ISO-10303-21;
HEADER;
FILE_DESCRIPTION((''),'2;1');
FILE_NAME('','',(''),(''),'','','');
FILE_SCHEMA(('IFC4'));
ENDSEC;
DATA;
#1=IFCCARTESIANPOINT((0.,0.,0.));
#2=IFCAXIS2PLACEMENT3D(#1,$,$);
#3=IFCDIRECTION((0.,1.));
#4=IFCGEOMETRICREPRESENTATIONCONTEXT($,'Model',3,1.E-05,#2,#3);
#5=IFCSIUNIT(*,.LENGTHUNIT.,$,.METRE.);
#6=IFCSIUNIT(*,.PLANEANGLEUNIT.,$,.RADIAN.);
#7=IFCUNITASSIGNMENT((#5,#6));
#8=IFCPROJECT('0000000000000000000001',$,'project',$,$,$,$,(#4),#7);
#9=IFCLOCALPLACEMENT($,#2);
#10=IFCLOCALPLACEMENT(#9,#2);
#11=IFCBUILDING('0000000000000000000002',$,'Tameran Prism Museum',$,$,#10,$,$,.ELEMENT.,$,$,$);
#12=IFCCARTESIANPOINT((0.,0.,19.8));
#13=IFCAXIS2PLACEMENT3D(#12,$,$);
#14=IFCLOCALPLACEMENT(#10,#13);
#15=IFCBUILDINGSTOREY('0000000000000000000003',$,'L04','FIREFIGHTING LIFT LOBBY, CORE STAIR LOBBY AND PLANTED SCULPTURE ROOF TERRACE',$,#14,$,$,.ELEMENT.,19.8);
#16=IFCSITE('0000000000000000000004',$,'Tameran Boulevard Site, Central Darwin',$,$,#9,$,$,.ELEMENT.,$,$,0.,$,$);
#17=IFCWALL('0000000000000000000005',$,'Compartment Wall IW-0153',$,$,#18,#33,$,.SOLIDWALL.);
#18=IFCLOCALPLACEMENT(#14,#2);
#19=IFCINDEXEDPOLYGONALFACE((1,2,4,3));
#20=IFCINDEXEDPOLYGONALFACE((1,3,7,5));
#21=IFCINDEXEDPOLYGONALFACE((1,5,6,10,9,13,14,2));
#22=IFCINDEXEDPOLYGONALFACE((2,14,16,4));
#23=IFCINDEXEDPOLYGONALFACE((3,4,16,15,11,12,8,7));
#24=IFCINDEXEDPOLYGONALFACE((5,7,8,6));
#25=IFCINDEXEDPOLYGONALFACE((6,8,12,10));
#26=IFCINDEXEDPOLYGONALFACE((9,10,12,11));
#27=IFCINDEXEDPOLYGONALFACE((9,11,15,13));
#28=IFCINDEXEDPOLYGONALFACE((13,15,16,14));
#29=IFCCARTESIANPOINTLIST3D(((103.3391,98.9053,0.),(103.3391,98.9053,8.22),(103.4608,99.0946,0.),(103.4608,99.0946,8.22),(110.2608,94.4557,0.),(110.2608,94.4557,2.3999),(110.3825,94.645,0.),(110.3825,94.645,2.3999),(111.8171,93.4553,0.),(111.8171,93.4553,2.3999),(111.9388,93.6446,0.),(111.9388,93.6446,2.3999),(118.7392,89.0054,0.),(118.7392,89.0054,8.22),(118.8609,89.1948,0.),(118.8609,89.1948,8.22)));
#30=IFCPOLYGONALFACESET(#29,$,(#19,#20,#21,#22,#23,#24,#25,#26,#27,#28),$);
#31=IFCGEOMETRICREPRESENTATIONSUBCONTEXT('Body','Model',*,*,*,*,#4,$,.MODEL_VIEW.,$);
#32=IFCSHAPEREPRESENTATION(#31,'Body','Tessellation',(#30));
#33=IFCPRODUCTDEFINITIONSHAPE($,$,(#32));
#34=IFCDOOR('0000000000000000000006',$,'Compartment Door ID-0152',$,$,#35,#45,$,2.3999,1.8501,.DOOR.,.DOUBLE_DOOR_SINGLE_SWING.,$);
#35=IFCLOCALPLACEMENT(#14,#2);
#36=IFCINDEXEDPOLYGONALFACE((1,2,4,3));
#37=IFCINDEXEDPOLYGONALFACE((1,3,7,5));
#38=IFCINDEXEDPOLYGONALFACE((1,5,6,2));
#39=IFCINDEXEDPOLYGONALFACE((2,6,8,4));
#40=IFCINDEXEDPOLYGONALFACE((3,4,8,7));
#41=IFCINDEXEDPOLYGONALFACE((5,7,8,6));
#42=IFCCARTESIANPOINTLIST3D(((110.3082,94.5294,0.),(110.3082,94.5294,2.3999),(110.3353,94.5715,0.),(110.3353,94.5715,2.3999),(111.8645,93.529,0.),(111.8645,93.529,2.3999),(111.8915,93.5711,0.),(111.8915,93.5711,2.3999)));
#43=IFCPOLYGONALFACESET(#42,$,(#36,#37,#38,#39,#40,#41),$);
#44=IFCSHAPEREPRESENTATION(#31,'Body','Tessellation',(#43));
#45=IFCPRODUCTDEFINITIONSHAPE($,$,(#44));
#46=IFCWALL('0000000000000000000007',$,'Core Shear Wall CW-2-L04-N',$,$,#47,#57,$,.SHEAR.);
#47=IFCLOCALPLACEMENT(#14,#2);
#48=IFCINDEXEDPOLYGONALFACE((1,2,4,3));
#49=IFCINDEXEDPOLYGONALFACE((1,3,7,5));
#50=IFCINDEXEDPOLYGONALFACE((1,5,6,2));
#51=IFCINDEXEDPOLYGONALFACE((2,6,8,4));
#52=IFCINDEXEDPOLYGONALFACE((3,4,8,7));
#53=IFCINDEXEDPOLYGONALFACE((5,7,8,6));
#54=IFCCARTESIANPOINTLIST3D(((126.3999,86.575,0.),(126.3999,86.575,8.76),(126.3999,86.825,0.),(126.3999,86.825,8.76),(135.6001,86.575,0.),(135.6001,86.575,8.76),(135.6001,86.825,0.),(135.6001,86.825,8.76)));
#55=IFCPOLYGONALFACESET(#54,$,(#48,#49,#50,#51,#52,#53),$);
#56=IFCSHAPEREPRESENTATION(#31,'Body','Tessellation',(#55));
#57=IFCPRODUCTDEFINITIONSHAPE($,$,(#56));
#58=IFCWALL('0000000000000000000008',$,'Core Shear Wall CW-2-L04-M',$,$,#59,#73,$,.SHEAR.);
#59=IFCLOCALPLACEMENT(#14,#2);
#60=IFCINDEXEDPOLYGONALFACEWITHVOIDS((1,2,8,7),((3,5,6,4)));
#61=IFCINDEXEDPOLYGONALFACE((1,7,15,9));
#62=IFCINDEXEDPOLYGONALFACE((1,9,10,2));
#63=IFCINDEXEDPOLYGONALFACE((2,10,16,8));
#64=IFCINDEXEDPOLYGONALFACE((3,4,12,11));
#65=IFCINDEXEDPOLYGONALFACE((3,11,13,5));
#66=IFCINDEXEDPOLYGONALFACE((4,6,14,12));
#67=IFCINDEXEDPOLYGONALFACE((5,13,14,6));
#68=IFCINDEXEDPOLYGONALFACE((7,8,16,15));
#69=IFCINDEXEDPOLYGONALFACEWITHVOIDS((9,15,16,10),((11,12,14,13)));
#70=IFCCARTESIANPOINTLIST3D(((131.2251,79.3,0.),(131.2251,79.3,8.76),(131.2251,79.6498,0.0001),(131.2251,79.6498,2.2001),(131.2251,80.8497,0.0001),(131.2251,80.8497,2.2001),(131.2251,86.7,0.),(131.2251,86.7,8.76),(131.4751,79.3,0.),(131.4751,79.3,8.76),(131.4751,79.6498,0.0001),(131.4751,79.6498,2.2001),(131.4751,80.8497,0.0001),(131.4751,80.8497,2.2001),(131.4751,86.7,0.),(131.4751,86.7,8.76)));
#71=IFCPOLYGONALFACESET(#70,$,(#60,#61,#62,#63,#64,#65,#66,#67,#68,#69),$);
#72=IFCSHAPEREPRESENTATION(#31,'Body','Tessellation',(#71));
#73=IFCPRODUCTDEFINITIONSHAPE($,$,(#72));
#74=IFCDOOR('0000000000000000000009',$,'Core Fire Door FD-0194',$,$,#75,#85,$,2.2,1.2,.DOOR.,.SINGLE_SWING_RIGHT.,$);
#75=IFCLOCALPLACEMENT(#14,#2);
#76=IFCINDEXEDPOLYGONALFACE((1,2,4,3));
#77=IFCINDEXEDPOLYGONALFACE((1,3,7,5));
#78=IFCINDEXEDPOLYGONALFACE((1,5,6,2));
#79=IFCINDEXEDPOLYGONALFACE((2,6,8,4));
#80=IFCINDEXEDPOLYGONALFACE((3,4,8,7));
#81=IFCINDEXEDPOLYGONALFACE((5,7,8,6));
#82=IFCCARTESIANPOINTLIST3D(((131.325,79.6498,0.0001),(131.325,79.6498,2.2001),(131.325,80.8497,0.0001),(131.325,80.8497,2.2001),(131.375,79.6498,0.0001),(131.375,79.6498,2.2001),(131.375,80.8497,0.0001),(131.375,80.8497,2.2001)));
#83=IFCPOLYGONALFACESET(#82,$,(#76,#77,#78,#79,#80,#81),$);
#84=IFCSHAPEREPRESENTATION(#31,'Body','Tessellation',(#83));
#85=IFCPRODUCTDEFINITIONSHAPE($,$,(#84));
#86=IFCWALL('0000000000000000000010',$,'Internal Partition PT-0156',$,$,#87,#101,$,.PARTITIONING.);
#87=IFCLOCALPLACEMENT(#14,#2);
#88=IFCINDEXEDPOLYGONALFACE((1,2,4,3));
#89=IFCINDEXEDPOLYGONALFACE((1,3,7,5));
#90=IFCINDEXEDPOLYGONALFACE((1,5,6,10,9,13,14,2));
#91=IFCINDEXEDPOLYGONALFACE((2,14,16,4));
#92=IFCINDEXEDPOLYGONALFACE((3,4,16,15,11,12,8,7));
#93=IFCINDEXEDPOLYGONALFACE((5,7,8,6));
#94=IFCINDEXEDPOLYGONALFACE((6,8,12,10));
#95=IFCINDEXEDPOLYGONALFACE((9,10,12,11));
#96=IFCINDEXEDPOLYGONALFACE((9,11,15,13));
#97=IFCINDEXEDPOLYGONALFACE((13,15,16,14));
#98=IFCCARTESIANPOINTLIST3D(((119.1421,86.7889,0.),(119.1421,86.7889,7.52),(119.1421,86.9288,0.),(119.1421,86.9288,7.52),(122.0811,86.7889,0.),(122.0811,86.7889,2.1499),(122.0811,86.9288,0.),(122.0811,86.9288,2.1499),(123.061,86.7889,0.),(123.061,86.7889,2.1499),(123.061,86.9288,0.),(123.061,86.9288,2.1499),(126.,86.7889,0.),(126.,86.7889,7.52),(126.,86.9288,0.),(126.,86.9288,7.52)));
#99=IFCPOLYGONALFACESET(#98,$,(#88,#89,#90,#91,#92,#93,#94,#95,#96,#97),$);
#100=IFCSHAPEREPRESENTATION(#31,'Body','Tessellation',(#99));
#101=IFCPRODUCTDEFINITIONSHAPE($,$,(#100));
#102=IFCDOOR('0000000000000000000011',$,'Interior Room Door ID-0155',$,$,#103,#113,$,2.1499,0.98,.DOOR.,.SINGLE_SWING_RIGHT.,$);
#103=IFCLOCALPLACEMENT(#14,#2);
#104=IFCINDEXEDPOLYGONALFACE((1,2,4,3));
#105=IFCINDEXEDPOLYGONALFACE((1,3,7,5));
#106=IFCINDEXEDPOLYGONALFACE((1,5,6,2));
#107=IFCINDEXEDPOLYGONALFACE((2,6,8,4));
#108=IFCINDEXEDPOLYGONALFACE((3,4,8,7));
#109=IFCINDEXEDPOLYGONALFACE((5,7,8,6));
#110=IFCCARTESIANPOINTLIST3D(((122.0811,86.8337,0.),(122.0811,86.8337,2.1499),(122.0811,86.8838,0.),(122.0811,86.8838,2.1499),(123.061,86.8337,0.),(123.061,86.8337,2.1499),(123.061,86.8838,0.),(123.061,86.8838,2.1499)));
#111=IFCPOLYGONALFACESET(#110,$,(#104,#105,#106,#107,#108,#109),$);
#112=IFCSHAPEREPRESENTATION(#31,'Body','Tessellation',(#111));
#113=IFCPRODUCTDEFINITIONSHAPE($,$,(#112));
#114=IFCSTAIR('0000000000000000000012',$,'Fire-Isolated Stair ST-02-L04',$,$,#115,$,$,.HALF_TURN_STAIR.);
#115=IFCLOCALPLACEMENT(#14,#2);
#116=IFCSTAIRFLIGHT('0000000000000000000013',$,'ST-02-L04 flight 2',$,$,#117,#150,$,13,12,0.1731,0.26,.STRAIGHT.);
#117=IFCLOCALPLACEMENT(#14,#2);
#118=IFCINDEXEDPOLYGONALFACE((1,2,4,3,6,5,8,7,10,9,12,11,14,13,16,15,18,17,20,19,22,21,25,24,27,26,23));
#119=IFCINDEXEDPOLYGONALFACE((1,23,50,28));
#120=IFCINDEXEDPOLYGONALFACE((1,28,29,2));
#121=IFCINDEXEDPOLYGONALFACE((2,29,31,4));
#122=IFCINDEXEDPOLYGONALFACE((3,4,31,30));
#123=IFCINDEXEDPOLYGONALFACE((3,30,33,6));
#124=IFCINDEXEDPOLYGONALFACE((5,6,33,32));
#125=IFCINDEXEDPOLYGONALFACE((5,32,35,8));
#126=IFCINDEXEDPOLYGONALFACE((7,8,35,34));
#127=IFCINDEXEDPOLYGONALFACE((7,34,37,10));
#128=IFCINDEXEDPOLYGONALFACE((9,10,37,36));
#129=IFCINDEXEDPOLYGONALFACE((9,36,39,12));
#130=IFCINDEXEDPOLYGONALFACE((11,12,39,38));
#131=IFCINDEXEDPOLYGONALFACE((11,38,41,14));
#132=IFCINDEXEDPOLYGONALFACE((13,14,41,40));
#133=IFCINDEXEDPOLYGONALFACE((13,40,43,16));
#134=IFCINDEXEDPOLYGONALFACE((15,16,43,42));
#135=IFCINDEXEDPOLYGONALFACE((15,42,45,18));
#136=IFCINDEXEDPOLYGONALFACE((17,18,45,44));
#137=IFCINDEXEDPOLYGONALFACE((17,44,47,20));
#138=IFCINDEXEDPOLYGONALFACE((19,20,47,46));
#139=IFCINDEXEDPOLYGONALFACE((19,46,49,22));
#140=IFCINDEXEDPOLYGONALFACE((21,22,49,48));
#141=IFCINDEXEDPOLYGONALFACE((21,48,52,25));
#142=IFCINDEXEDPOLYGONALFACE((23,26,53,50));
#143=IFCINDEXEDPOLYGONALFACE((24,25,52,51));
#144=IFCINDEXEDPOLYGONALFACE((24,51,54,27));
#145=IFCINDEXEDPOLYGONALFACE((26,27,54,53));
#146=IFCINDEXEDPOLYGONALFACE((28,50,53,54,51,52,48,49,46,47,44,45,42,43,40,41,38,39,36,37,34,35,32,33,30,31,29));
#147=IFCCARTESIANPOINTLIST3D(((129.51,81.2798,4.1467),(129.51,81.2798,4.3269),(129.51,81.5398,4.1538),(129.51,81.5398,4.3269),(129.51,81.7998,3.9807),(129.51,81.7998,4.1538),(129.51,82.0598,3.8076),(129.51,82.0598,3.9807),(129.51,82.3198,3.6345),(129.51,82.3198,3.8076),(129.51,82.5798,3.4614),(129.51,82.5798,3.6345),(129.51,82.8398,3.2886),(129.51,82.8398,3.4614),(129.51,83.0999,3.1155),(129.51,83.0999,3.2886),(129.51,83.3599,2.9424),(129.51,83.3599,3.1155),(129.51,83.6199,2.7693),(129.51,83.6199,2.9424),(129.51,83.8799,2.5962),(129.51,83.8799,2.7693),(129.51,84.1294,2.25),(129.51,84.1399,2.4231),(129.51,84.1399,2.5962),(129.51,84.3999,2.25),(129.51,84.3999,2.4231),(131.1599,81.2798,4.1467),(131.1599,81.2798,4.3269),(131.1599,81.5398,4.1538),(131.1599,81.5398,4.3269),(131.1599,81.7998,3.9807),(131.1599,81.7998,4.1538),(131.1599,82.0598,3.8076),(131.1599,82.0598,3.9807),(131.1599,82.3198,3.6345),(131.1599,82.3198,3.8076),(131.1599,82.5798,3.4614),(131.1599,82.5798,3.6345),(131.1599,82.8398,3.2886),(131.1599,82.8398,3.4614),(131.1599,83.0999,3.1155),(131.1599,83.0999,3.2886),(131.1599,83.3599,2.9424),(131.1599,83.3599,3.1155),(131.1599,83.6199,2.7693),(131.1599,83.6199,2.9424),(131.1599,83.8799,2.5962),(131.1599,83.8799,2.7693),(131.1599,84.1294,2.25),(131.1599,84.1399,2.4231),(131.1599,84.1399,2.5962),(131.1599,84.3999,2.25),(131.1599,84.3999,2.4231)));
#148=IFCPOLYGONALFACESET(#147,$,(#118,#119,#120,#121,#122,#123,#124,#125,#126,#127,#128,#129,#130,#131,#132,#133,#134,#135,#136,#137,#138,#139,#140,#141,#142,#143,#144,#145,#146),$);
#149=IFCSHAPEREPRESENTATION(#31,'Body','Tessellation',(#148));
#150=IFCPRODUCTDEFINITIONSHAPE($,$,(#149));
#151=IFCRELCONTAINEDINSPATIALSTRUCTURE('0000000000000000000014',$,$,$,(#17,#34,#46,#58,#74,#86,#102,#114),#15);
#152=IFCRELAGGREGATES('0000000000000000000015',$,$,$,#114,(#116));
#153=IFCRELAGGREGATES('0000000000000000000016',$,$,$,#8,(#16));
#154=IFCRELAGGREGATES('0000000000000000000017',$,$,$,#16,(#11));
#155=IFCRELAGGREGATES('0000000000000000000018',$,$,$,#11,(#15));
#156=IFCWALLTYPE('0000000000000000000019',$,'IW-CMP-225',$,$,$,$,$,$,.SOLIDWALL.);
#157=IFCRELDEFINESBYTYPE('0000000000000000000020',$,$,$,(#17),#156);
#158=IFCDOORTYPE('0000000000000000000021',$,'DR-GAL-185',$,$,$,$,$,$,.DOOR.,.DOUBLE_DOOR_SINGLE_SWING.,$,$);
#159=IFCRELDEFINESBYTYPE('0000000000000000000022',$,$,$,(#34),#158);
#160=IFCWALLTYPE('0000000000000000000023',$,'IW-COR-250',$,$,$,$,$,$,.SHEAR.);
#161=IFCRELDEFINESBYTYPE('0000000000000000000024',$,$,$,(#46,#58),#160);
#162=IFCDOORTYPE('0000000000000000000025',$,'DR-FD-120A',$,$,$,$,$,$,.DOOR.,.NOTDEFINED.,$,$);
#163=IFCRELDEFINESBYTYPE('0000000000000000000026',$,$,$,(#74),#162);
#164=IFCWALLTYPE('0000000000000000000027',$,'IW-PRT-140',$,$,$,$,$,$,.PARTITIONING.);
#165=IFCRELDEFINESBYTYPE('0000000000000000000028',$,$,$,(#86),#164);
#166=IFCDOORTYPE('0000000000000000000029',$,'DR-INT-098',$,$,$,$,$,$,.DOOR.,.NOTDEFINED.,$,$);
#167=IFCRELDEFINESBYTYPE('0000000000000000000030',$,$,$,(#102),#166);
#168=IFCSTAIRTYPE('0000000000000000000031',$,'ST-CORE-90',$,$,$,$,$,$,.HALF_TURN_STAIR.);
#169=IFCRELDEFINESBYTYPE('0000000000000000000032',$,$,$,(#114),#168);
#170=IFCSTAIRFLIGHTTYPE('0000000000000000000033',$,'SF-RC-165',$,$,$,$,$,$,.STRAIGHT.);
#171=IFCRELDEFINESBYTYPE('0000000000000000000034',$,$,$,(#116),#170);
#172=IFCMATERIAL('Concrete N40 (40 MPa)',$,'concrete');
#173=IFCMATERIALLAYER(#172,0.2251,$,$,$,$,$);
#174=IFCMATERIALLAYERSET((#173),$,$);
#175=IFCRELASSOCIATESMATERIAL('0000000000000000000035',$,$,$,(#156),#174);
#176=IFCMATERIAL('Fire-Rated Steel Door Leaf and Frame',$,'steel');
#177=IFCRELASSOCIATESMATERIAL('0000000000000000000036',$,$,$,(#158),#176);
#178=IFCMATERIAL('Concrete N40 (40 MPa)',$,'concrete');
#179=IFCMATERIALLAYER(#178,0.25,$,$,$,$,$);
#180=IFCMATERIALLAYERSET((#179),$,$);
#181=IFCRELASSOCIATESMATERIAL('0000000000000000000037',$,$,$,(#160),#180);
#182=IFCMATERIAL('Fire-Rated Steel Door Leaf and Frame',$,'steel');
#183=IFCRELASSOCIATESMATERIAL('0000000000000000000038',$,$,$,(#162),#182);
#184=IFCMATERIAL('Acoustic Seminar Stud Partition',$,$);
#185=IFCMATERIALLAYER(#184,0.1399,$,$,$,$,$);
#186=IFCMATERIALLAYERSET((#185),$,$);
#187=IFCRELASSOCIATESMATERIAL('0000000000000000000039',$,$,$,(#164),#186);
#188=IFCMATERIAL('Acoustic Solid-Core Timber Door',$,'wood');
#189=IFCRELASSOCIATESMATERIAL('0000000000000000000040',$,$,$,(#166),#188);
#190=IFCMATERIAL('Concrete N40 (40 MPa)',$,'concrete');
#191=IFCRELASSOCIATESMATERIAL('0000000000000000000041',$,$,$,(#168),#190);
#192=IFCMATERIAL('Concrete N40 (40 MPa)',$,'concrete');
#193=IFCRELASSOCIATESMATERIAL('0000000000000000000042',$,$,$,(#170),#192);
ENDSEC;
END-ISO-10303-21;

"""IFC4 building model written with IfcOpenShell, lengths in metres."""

from ifc_helpers import new_model, si_unit, direction, frame, frame_2d, origin, place, context, subcontext, project, spatial, polyline, rectangle, outline, extrude, material, layer, layer_set, type_object, element, fill, aggregate, save


model = new_model("IFC4")

# Units and contexts
model_context = context("Model", 3, precision=1e-05, world=origin(), true_north=direction((0.0, 1.0)))
body_context = subcontext(model_context, "Body", "Model", "MODEL_VIEW")
ifc_project = project(units=[si_unit("LENGTHUNIT", "METRE"), si_unit("PLANEANGLEUNIT", "RADIAN")], contexts=[model_context])

# Site, building, storey
site_placement = place(None, origin())
site = spatial("IfcSite", under=ifc_project, at=site_placement, Name="Tameran Boulevard Site, Central Darwin", CompositionType="ELEMENT", RefElevation=0.0)
building_placement = place(site_placement, origin())
building = spatial("IfcBuilding", under=site, at=building_placement, Name="Tameran Prism Museum", CompositionType="ELEMENT")
storey_placement = place(building_placement, frame((0.0, 0.0, 19.8)))
storey = spatial("IfcBuildingStorey", under=building, at=storey_placement, Name="L04", Description="FIREFIGHTING LIFT LOBBY, CORE STAIR LOBBY AND PLANTED SCULPTURE ROOF TERRACE", CompositionType="ELEMENT", Elevation=19.8)

# Wall, opening, door
ifc_material_1 = material(Name="Concrete N40 (40 MPa)", Category="concrete")
ifc_layer_1 = layer(ifc_material_1, 0.2251)
ifc_layer_set_1 = layer_set([ifc_layer_1])
wall_type_1 = type_object("IfcWallType", Name="IW-CMP-225", PredefinedType="SOLIDWALL", material=ifc_layer_set_1)
wall_1_placement = place(storey_placement, frame((118.8, 89.1001, 0.0), z_axis=(0.0, 0.0, 1.0), x_axis=(-0.841183, 0.54075, 0.0)))
wall_1 = element("IfcWall", 1, at=wall_1_placement, inside=storey, type_object=wall_type_1, Name="Compartment Wall IW-0153", PredefinedType="SOLIDWALL", context=body_context, shape_type="SweptSolid", body=[
    extrude(rectangle(XDim=18.3076, YDim=0.2251, at=frame_2d((9.1538, 0.0))), origin(), (0.0, 0.0, 1.0), 8.22),
])
opening_1_placement = place(wall_1_placement, frame((8.229, 0.0, 0.0)))
opening_1 = element("IfcOpeningElement", 2, at=opening_1_placement, cuts=wall_1, PredefinedType="OPENING", context=body_context, shape_type="SweptSolid", body=[
    extrude(rectangle(XDim=1.8501, YDim=2.3999, at=frame_2d((0.925, 1.2))), frame((0.0, 0.1226, 0.0), z_axis=(0.0, -1.0, 0.0), x_axis=(1.0, 0.0, 0.0)), (0.0, 0.0, 1.0), 0.2451),
])
ifc_material_2 = material(Name="Fire-Rated Steel Door Leaf and Frame", Category="steel")
door_type_1 = type_object("IfcDoorType", Name="DR-GAL-185", OperationType="DOUBLE_DOOR_SINGLE_SWING", PredefinedType="DOOR", material=ifc_material_2)
door_1_placement = place(opening_1_placement, origin())
door_1 = element("IfcDoor", 3, at=door_1_placement, inside=storey, type_object=door_type_1, Name="Compartment Door ID-0152", OperationType="DOUBLE_DOOR_SINGLE_SWING", OverallHeight=2.3999, OverallWidth=1.8501, PredefinedType="DOOR", context=body_context, shape_type="SweptSolid", body=[
    extrude(rectangle(XDim=1.8501, YDim=2.3999, at=frame_2d((0.925, 1.2))), frame((0.0, 0.0249, 0.0), z_axis=(0.0, -1.0, 0.0), x_axis=(1.0, 0.0, 0.0)), (0.0, 0.0, 1.0), 0.05),
])
fill(opening_1, door_1)

# Wall
ifc_material_3 = material(Name="Concrete N40 (40 MPa)", Category="concrete")
ifc_layer_2 = layer(ifc_material_3, 0.25)
ifc_layer_set_2 = layer_set([ifc_layer_2])
wall_type_2 = type_object("IfcWallType", Name="IW-COR-250", PredefinedType="SHEAR", material=ifc_layer_set_2)
wall_2_placement = place(storey_placement, frame((126.3999, 86.7, 0.0), z_axis=(0.0, 0.0, 1.0), x_axis=(1.0, 0.0, 0.0)))
element("IfcWall", 4, at=wall_2_placement, inside=storey, type_object=wall_type_2, Name="Core Shear Wall CW-2-L04-N", PredefinedType="SHEAR", context=body_context, shape_type="SweptSolid", body=[
    extrude(rectangle(XDim=9.2002, YDim=0.25, at=frame_2d((4.6001, 0.0))), origin(), (0.0, 0.0, 1.0), 8.76),
])

# Walls, openings, doors
wall_3_placement = place(storey_placement, frame((131.3501, 86.7, 0.0), z_axis=(0.0, 0.0, 1.0), x_axis=(0.0, -1.0, 0.0)))
wall_3 = element("IfcWall", 5, at=wall_3_placement, inside=storey, type_object=wall_type_2, Name="Core Shear Wall CW-2-L04-M", PredefinedType="SHEAR", context=body_context, shape_type="SweptSolid", body=[
    extrude(rectangle(XDim=7.3999, YDim=0.25, at=frame_2d((3.7, 0.0))), origin(), (0.0, 0.0, 1.0), 8.76),
])
opening_2_placement = place(wall_3_placement, frame((5.8501, 0.0, 0.0)))
opening_2 = element("IfcOpeningElement", 6, at=opening_2_placement, cuts=wall_3, PredefinedType="OPENING", context=body_context, shape_type="SweptSolid", body=[
    extrude(rectangle(XDim=1.2, YDim=2.2, at=frame_2d((0.6001, 1.1001))), frame((0.0, 0.135, 0.0), z_axis=(0.0, -1.0, 0.0), x_axis=(1.0, 0.0, 0.0)), (0.0, 0.0, 1.0), 0.27),
])
ifc_material_4 = material(Name="Fire-Rated Steel Door Leaf and Frame", Category="steel")
door_type_2 = type_object("IfcDoorType", Name="DR-FD-120A", OperationType="NOTDEFINED", PredefinedType="DOOR", material=ifc_material_4)
door_2_placement = place(opening_2_placement, origin())
door_2 = element("IfcDoor", 7, at=door_2_placement, inside=storey, type_object=door_type_2, Name="Core Fire Door FD-0194", OperationType="SINGLE_SWING_RIGHT", OverallHeight=2.2, OverallWidth=1.2, PredefinedType="DOOR", context=body_context, shape_type="SweptSolid", body=[
    extrude(rectangle(XDim=1.2, YDim=2.2, at=frame_2d((0.6001, 1.1001))), frame((0.0, 0.0249, 0.0), z_axis=(0.0, -1.0, 0.0), x_axis=(1.0, 0.0, 0.0)), (0.0, 0.0, 1.0), 0.05),
])
fill(opening_2, door_2)
ifc_material_5 = material(Name="Acoustic Seminar Stud Partition")
ifc_layer_3 = layer(ifc_material_5, 0.1399)
ifc_layer_set_3 = layer_set([ifc_layer_3])
wall_type_3 = type_object("IfcWallType", Name="IW-PRT-140", PredefinedType="PARTITIONING", material=ifc_layer_set_3)
wall_4_placement = place(storey_placement, frame((119.1421, 86.8589, 0.0), z_axis=(0.0, 0.0, 1.0), x_axis=(1.0, 0.0, 0.0)))
wall_4 = element("IfcWall", 8, at=wall_4_placement, inside=storey, type_object=wall_type_3, Name="Internal Partition PT-0156", PredefinedType="PARTITIONING", context=body_context, shape_type="SweptSolid", body=[
    extrude(rectangle(XDim=6.8579, YDim=0.1399, at=frame_2d((3.429, 0.0))), origin(), (0.0, 0.0, 1.0), 7.52),
])
opening_3_placement = place(wall_4_placement, frame((2.939, 0.0, 0.0)))
opening_3 = element("IfcOpeningElement", 9, at=opening_3_placement, cuts=wall_4, PredefinedType="OPENING", context=body_context, shape_type="SweptSolid", body=[
    extrude(rectangle(XDim=0.98, YDim=2.1499, at=frame_2d((0.49, 1.075))), frame((0.0, 0.0798, 0.0), z_axis=(0.0, -1.0, 0.0), x_axis=(1.0, 0.0, 0.0)), (0.0, 0.0, 1.0), 0.1599),
])
ifc_material_6 = material(Name="Acoustic Solid-Core Timber Door", Category="wood")
door_type_3 = type_object("IfcDoorType", Name="DR-INT-098", OperationType="NOTDEFINED", PredefinedType="DOOR", material=ifc_material_6)
door_3_placement = place(opening_3_placement, origin())
door_3 = element("IfcDoor", 10, at=door_3_placement, inside=storey, type_object=door_type_3, Name="Interior Room Door ID-0155", OperationType="SINGLE_SWING_RIGHT", OverallHeight=2.1499, OverallWidth=0.98, PredefinedType="DOOR", context=body_context, shape_type="SweptSolid", body=[
    extrude(rectangle(XDim=0.98, YDim=2.1499, at=frame_2d((0.49, 1.075))), frame((0.0, 0.0249, 0.0), z_axis=(0.0, -1.0, 0.0), x_axis=(1.0, 0.0, 0.0)), (0.0, 0.0, 1.0), 0.05),
])
fill(opening_3, door_3)

# Stair, stair flight
ifc_material_7 = material(Name="Concrete N40 (40 MPa)", Category="concrete")
stair_type = type_object("IfcStairType", Name="ST-CORE-90", PredefinedType="HALF_TURN_STAIR", material=ifc_material_7)
stair_placement = place(storey_placement, origin())
stair = element("IfcStair", 11, at=stair_placement, inside=storey, type_object=stair_type, Name="Fire-Isolated Stair ST-02-L04", PredefinedType="HALF_TURN_STAIR")
ifc_material_8 = material(Name="Concrete N40 (40 MPa)", Category="concrete")
stair_flight_type = type_object("IfcStairFlightType", Name="SF-RC-165", PredefinedType="STRAIGHT", material=ifc_material_8)
stair_flight_1_placement = place(storey_placement, frame((130.335, 84.3999, 2.25), z_axis=(0.0, 0.0, 1.0), x_axis=(0.0, -1.0, 0.0)))
stair_flight_1 = element("IfcStairFlight", 12, at=stair_flight_1_placement, type_object=stair_flight_type, Name="ST-02-L04 flight 2", NumberOfRisers=13, NumberOfTreads=12, PredefinedType="STRAIGHT", RiserHeight=0.1731, TreadLength=0.26, context=body_context, shape_type="SweptSolid", body=[
    extrude(outline(polyline([(0.0, 0.0), (0.0, 0.1731), (0.26, 0.1731), (0.26, 0.3462), (0.52, 0.3462), (0.52, 0.5193), (0.78, 0.5193), (0.78, 0.6924), (1.04, 0.6924), (1.04, 0.8655), (1.3, 0.8655), (1.3, 1.0386), (1.5601, 1.0386), (1.5601, 1.2114), (1.8201, 1.2114), (1.8201, 1.3845), (2.0801, 1.3845), (2.0801, 1.5576), (2.3401, 1.5576), (2.3401, 1.7307), (2.6001, 1.7307), (2.6001, 1.9038), (2.8601, 1.9038), (2.8601, 2.0769), (3.1201, 2.0769), (3.1201, 2.25), (3.1201, 1.8967), (0.2705, 0.0), (0.0, 0.0)])), frame((0.0, 0.825, 0.0), z_axis=(0.0, -1.0, 0.0), x_axis=(1.0, 0.0, 0.0)), (0.0, 0.0, 1.0), 1.6499),
])
aggregate(stair, [stair_flight_1])

save(model, "model.ifc")
